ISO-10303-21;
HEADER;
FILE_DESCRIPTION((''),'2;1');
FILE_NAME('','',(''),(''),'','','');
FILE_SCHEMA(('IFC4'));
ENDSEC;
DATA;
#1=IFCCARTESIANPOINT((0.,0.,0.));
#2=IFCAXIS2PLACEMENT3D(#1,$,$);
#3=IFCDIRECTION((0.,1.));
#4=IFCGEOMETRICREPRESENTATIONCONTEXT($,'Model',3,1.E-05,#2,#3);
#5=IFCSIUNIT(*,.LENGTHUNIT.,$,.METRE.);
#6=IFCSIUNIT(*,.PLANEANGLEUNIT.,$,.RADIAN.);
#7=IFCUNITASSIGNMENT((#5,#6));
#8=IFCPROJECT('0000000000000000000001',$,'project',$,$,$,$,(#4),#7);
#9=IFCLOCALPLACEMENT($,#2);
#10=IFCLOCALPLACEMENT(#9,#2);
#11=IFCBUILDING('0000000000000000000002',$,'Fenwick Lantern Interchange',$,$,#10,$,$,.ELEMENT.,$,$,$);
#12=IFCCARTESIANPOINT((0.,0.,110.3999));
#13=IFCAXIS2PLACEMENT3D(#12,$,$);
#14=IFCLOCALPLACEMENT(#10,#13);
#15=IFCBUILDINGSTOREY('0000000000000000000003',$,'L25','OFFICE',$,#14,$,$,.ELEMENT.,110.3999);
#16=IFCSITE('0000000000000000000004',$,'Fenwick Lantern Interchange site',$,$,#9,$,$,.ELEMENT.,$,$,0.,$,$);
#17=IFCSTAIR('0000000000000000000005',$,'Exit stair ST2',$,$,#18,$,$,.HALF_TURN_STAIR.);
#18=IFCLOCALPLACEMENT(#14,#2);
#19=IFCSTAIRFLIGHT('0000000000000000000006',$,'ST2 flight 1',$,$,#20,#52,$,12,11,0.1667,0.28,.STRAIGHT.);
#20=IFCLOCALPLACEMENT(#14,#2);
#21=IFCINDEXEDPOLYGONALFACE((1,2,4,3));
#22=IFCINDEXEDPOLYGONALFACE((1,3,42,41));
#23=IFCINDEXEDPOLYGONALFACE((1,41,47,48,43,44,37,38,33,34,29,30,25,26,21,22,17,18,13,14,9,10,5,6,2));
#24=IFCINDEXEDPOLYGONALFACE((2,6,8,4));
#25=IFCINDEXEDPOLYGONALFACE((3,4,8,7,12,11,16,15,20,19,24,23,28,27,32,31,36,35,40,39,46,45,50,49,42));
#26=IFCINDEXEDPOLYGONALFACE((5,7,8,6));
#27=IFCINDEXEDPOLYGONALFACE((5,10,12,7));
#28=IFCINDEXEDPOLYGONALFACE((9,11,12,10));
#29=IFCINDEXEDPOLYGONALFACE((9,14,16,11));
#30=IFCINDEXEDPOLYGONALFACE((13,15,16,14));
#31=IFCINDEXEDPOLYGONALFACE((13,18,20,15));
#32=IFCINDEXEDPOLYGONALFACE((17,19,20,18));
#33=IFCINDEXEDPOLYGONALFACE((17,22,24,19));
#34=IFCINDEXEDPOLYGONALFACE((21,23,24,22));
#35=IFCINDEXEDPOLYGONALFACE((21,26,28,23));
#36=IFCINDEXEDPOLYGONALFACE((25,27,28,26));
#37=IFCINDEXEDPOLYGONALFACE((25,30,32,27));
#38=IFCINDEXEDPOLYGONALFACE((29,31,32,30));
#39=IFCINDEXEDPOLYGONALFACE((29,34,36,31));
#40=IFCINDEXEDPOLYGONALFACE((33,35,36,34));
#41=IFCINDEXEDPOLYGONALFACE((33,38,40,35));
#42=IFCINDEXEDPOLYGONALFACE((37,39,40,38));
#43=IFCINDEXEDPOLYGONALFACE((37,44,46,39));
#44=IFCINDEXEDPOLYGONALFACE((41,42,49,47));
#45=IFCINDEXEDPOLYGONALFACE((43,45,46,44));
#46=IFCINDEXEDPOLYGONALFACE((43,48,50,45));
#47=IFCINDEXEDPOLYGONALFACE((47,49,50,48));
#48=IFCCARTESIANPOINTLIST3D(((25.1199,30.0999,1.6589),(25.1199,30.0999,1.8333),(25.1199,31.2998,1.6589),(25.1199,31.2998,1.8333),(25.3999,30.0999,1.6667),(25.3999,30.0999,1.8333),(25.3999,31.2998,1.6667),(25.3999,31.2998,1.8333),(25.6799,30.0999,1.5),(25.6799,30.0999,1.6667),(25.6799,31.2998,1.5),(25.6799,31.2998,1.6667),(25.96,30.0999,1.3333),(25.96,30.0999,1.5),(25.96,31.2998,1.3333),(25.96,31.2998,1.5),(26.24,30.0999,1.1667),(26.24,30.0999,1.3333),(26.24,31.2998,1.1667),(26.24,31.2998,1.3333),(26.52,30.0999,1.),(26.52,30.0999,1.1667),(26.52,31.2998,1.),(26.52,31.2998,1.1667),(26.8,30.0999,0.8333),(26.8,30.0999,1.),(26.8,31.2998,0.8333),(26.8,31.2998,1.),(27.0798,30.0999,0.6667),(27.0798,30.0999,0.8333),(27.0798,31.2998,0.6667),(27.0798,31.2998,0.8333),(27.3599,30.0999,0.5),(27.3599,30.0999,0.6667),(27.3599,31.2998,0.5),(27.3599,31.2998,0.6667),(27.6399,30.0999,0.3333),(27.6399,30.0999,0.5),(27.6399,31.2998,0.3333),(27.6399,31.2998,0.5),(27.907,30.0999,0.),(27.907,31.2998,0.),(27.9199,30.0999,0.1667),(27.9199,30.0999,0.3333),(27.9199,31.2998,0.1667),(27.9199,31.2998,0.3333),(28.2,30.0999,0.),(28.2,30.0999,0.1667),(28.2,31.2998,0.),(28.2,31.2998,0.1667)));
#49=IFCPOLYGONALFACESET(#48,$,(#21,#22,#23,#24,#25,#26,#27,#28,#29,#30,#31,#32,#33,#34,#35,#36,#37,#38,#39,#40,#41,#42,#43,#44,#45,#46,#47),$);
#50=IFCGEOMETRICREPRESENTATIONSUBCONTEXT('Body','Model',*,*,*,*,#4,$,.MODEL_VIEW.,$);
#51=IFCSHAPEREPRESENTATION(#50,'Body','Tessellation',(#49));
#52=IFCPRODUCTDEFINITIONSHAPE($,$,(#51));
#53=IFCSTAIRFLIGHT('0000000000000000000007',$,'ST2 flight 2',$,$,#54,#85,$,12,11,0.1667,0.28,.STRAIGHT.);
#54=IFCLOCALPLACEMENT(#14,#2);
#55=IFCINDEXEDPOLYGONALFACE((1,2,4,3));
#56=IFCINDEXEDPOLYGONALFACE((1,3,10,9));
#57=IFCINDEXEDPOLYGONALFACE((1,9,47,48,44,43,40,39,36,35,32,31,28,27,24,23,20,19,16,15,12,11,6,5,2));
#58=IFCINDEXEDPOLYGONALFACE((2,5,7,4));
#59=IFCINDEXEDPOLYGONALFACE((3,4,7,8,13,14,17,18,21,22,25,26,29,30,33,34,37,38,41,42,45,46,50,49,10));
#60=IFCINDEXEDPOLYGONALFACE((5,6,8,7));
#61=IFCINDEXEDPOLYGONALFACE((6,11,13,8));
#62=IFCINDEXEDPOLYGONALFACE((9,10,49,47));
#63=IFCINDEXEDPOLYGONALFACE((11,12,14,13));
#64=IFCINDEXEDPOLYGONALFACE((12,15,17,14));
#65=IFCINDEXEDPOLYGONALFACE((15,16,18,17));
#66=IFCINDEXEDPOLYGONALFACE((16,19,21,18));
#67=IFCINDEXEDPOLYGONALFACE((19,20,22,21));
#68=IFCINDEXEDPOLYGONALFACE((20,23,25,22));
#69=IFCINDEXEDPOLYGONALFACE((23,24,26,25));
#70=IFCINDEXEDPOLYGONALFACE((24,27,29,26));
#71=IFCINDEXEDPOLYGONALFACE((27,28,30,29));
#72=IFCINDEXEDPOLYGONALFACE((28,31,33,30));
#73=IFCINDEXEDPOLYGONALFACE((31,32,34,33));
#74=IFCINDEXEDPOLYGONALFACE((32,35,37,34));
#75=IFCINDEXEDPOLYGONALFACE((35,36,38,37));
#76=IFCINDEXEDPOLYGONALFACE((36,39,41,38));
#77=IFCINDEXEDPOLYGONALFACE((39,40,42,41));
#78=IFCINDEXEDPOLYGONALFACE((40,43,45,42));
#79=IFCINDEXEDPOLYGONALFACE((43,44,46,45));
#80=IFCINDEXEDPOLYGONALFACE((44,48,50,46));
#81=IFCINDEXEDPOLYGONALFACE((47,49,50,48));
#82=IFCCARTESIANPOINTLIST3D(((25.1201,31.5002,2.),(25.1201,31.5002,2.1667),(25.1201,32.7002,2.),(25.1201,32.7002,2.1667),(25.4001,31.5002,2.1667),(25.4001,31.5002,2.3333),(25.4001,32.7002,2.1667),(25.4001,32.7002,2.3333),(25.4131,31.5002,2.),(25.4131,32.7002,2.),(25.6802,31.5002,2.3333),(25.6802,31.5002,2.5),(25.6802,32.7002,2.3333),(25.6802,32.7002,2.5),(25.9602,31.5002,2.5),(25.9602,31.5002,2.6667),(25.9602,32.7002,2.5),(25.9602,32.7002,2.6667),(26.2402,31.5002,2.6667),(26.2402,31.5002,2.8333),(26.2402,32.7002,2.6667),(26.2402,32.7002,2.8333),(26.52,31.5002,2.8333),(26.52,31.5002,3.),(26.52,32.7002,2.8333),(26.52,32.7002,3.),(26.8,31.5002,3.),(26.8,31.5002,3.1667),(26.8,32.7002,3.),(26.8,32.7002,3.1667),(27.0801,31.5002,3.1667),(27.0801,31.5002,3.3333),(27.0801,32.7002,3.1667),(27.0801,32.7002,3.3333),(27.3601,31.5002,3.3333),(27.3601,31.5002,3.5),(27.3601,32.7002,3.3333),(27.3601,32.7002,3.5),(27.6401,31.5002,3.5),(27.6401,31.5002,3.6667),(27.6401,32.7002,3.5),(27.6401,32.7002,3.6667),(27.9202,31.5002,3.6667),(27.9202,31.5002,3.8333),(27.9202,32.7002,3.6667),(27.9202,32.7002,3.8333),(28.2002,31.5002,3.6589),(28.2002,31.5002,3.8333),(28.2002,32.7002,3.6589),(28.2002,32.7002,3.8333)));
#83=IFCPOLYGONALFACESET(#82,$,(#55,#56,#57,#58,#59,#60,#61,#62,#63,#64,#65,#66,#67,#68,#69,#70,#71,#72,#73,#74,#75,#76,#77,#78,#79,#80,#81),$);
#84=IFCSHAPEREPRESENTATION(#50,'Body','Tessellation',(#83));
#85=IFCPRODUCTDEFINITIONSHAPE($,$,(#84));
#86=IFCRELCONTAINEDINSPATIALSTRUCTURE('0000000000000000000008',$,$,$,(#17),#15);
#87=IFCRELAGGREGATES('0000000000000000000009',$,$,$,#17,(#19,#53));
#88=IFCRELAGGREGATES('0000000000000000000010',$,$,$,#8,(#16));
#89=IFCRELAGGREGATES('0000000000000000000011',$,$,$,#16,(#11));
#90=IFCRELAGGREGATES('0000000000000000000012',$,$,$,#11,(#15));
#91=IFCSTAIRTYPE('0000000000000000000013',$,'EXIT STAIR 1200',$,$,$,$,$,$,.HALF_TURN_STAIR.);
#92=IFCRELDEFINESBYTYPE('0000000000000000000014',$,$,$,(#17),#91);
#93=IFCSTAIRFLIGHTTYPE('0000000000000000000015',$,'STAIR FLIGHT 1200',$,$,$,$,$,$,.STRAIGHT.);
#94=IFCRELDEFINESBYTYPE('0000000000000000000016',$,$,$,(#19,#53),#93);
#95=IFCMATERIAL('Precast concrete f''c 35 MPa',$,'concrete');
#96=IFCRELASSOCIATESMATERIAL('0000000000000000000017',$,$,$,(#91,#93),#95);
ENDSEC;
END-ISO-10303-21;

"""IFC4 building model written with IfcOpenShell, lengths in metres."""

from ifc_helpers import new_model, si_unit, direction, frame, origin, place, context, subcontext, project, spatial, polyline, outline, extrude, material, type_object, element, aggregate, save


model = new_model("IFC4")

# Units and contexts
model_context = context("Model", 3, precision=1e-05, world=origin(), true_north=direction((0.0, 1.0)))
body_context = subcontext(model_context, "Body", "Model", "MODEL_VIEW")
ifc_project = project(units=[si_unit("LENGTHUNIT", "METRE"), si_unit("PLANEANGLEUNIT", "RADIAN")], contexts=[model_context])

# Site, building, storey
site_placement = place(None, origin())
site = spatial("IfcSite", under=ifc_project, at=site_placement, Name="Fenwick Lantern Interchange site", CompositionType="ELEMENT", RefElevation=0.0)
building_placement = place(site_placement, origin())
building = spatial("IfcBuilding", under=site, at=building_placement, Name="Fenwick Lantern Interchange", CompositionType="ELEMENT")
storey_placement = place(building_placement, frame((0.0, 0.0, 110.3999)))
storey = spatial("IfcBuildingStorey", under=building, at=storey_placement, Name="L25", Description="OFFICE", CompositionType="ELEMENT", Elevation=110.3999)

# Stair, stair flights
ifc_material_1 = material(Name="Precast concrete f'c 35 MPa", Category="concrete")
stair_type = type_object("IfcStairType", Name="EXIT STAIR 1200", PredefinedType="HALF_TURN_STAIR", material=ifc_material_1)
stair_placement = place(storey_placement, origin())
stair = element("IfcStair", 1, at=stair_placement, inside=storey, type_object=stair_type, Name="Exit stair ST2", PredefinedType="HALF_TURN_STAIR")
stair_flight_type = type_object("IfcStairFlightType", Name="STAIR FLIGHT 1200", PredefinedType="STRAIGHT", material=ifc_material_1)
stair_flight_1_placement = place(storey_placement, frame((28.2, 30.7, 0.0), z_axis=(0.0, 0.0, 1.0), x_axis=(-1.0, 0.0, 0.0)))
stair_flight_1 = element("IfcStairFlight", 2, at=stair_flight_1_placement, type_object=stair_flight_type, Name="ST2 flight 1", NumberOfRisers=12, NumberOfTreads=11, PredefinedType="STRAIGHT", RiserHeight=0.1667, TreadLength=0.28, context=body_context, shape_type="SweptSolid", body=[
    extrude(outline(polyline([(0.0, 0.0), (0.0, 0.1667), (0.28, 0.1667), (0.28, 0.3333), (0.5601, 0.3333), (0.5601, 0.5), (0.8401, 0.5), (0.8401, 0.6667), (1.1201, 0.6667), (1.1201, 0.8333), (1.3999, 0.8333), (1.3999, 1.0), (1.6799, 1.0), (1.6799, 1.1667), (1.96, 1.1667), (1.96, 1.3333), (2.24, 1.3333), (2.24, 1.5), (2.52, 1.5), (2.52, 1.6667), (2.8, 1.6667), (2.8, 1.8333), (3.0801, 1.8333), (3.0801, 2.0), (3.0801, 1.6589), (0.293, 0.0), (0.0, 0.0)])), frame((0.0, 0.6001, 0.0), z_axis=(0.0, -1.0, 0.0), x_axis=(1.0, 0.0, 0.0)), (0.0, 0.0, 1.0), 1.2),
])
stair_flight_2_placement = place(storey_placement, frame((25.1201, 32.1001, 2.0), z_axis=(0.0, 0.0, 1.0), x_axis=(1.0, 0.0, 0.0)))
stair_flight_2 = element("IfcStairFlight", 3, at=stair_flight_2_placement, type_object=stair_flight_type, Name="ST2 flight 2", NumberOfRisers=12, NumberOfTreads=11, PredefinedType="STRAIGHT", RiserHeight=0.1667, TreadLength=0.28, context=body_context, shape_type="SweptSolid", body=[
    extrude(outline(polyline([(0.0, 0.0), (0.0, 0.1667), (0.28, 0.1667), (0.28, 0.3333), (0.5601, 0.3333), (0.5601, 0.5), (0.8401, 0.5), (0.8401, 0.6667), (1.1201, 0.6667), (1.1201, 0.8333), (1.3999, 0.8333), (1.3999, 1.0), (1.6799, 1.0), (1.6799, 1.1667), (1.96, 1.1667), (1.96, 1.3333), (2.24, 1.3333), (2.24, 1.5), (2.52, 1.5), (2.52, 1.6667), (2.8, 1.6667), (2.8, 1.8333), (3.0801, 1.8333), (3.0801, 2.0), (3.0801, 1.6589), (0.293, 0.0), (0.0, 0.0)])), frame((0.0, 0.6001, 0.0), z_axis=(0.0, -1.0, 0.0), x_axis=(1.0, 0.0, 0.0)), (0.0, 0.0, 1.0), 1.2),
])
aggregate(stair, [stair_flight_1, stair_flight_2])

save(model, "model.ifc")
